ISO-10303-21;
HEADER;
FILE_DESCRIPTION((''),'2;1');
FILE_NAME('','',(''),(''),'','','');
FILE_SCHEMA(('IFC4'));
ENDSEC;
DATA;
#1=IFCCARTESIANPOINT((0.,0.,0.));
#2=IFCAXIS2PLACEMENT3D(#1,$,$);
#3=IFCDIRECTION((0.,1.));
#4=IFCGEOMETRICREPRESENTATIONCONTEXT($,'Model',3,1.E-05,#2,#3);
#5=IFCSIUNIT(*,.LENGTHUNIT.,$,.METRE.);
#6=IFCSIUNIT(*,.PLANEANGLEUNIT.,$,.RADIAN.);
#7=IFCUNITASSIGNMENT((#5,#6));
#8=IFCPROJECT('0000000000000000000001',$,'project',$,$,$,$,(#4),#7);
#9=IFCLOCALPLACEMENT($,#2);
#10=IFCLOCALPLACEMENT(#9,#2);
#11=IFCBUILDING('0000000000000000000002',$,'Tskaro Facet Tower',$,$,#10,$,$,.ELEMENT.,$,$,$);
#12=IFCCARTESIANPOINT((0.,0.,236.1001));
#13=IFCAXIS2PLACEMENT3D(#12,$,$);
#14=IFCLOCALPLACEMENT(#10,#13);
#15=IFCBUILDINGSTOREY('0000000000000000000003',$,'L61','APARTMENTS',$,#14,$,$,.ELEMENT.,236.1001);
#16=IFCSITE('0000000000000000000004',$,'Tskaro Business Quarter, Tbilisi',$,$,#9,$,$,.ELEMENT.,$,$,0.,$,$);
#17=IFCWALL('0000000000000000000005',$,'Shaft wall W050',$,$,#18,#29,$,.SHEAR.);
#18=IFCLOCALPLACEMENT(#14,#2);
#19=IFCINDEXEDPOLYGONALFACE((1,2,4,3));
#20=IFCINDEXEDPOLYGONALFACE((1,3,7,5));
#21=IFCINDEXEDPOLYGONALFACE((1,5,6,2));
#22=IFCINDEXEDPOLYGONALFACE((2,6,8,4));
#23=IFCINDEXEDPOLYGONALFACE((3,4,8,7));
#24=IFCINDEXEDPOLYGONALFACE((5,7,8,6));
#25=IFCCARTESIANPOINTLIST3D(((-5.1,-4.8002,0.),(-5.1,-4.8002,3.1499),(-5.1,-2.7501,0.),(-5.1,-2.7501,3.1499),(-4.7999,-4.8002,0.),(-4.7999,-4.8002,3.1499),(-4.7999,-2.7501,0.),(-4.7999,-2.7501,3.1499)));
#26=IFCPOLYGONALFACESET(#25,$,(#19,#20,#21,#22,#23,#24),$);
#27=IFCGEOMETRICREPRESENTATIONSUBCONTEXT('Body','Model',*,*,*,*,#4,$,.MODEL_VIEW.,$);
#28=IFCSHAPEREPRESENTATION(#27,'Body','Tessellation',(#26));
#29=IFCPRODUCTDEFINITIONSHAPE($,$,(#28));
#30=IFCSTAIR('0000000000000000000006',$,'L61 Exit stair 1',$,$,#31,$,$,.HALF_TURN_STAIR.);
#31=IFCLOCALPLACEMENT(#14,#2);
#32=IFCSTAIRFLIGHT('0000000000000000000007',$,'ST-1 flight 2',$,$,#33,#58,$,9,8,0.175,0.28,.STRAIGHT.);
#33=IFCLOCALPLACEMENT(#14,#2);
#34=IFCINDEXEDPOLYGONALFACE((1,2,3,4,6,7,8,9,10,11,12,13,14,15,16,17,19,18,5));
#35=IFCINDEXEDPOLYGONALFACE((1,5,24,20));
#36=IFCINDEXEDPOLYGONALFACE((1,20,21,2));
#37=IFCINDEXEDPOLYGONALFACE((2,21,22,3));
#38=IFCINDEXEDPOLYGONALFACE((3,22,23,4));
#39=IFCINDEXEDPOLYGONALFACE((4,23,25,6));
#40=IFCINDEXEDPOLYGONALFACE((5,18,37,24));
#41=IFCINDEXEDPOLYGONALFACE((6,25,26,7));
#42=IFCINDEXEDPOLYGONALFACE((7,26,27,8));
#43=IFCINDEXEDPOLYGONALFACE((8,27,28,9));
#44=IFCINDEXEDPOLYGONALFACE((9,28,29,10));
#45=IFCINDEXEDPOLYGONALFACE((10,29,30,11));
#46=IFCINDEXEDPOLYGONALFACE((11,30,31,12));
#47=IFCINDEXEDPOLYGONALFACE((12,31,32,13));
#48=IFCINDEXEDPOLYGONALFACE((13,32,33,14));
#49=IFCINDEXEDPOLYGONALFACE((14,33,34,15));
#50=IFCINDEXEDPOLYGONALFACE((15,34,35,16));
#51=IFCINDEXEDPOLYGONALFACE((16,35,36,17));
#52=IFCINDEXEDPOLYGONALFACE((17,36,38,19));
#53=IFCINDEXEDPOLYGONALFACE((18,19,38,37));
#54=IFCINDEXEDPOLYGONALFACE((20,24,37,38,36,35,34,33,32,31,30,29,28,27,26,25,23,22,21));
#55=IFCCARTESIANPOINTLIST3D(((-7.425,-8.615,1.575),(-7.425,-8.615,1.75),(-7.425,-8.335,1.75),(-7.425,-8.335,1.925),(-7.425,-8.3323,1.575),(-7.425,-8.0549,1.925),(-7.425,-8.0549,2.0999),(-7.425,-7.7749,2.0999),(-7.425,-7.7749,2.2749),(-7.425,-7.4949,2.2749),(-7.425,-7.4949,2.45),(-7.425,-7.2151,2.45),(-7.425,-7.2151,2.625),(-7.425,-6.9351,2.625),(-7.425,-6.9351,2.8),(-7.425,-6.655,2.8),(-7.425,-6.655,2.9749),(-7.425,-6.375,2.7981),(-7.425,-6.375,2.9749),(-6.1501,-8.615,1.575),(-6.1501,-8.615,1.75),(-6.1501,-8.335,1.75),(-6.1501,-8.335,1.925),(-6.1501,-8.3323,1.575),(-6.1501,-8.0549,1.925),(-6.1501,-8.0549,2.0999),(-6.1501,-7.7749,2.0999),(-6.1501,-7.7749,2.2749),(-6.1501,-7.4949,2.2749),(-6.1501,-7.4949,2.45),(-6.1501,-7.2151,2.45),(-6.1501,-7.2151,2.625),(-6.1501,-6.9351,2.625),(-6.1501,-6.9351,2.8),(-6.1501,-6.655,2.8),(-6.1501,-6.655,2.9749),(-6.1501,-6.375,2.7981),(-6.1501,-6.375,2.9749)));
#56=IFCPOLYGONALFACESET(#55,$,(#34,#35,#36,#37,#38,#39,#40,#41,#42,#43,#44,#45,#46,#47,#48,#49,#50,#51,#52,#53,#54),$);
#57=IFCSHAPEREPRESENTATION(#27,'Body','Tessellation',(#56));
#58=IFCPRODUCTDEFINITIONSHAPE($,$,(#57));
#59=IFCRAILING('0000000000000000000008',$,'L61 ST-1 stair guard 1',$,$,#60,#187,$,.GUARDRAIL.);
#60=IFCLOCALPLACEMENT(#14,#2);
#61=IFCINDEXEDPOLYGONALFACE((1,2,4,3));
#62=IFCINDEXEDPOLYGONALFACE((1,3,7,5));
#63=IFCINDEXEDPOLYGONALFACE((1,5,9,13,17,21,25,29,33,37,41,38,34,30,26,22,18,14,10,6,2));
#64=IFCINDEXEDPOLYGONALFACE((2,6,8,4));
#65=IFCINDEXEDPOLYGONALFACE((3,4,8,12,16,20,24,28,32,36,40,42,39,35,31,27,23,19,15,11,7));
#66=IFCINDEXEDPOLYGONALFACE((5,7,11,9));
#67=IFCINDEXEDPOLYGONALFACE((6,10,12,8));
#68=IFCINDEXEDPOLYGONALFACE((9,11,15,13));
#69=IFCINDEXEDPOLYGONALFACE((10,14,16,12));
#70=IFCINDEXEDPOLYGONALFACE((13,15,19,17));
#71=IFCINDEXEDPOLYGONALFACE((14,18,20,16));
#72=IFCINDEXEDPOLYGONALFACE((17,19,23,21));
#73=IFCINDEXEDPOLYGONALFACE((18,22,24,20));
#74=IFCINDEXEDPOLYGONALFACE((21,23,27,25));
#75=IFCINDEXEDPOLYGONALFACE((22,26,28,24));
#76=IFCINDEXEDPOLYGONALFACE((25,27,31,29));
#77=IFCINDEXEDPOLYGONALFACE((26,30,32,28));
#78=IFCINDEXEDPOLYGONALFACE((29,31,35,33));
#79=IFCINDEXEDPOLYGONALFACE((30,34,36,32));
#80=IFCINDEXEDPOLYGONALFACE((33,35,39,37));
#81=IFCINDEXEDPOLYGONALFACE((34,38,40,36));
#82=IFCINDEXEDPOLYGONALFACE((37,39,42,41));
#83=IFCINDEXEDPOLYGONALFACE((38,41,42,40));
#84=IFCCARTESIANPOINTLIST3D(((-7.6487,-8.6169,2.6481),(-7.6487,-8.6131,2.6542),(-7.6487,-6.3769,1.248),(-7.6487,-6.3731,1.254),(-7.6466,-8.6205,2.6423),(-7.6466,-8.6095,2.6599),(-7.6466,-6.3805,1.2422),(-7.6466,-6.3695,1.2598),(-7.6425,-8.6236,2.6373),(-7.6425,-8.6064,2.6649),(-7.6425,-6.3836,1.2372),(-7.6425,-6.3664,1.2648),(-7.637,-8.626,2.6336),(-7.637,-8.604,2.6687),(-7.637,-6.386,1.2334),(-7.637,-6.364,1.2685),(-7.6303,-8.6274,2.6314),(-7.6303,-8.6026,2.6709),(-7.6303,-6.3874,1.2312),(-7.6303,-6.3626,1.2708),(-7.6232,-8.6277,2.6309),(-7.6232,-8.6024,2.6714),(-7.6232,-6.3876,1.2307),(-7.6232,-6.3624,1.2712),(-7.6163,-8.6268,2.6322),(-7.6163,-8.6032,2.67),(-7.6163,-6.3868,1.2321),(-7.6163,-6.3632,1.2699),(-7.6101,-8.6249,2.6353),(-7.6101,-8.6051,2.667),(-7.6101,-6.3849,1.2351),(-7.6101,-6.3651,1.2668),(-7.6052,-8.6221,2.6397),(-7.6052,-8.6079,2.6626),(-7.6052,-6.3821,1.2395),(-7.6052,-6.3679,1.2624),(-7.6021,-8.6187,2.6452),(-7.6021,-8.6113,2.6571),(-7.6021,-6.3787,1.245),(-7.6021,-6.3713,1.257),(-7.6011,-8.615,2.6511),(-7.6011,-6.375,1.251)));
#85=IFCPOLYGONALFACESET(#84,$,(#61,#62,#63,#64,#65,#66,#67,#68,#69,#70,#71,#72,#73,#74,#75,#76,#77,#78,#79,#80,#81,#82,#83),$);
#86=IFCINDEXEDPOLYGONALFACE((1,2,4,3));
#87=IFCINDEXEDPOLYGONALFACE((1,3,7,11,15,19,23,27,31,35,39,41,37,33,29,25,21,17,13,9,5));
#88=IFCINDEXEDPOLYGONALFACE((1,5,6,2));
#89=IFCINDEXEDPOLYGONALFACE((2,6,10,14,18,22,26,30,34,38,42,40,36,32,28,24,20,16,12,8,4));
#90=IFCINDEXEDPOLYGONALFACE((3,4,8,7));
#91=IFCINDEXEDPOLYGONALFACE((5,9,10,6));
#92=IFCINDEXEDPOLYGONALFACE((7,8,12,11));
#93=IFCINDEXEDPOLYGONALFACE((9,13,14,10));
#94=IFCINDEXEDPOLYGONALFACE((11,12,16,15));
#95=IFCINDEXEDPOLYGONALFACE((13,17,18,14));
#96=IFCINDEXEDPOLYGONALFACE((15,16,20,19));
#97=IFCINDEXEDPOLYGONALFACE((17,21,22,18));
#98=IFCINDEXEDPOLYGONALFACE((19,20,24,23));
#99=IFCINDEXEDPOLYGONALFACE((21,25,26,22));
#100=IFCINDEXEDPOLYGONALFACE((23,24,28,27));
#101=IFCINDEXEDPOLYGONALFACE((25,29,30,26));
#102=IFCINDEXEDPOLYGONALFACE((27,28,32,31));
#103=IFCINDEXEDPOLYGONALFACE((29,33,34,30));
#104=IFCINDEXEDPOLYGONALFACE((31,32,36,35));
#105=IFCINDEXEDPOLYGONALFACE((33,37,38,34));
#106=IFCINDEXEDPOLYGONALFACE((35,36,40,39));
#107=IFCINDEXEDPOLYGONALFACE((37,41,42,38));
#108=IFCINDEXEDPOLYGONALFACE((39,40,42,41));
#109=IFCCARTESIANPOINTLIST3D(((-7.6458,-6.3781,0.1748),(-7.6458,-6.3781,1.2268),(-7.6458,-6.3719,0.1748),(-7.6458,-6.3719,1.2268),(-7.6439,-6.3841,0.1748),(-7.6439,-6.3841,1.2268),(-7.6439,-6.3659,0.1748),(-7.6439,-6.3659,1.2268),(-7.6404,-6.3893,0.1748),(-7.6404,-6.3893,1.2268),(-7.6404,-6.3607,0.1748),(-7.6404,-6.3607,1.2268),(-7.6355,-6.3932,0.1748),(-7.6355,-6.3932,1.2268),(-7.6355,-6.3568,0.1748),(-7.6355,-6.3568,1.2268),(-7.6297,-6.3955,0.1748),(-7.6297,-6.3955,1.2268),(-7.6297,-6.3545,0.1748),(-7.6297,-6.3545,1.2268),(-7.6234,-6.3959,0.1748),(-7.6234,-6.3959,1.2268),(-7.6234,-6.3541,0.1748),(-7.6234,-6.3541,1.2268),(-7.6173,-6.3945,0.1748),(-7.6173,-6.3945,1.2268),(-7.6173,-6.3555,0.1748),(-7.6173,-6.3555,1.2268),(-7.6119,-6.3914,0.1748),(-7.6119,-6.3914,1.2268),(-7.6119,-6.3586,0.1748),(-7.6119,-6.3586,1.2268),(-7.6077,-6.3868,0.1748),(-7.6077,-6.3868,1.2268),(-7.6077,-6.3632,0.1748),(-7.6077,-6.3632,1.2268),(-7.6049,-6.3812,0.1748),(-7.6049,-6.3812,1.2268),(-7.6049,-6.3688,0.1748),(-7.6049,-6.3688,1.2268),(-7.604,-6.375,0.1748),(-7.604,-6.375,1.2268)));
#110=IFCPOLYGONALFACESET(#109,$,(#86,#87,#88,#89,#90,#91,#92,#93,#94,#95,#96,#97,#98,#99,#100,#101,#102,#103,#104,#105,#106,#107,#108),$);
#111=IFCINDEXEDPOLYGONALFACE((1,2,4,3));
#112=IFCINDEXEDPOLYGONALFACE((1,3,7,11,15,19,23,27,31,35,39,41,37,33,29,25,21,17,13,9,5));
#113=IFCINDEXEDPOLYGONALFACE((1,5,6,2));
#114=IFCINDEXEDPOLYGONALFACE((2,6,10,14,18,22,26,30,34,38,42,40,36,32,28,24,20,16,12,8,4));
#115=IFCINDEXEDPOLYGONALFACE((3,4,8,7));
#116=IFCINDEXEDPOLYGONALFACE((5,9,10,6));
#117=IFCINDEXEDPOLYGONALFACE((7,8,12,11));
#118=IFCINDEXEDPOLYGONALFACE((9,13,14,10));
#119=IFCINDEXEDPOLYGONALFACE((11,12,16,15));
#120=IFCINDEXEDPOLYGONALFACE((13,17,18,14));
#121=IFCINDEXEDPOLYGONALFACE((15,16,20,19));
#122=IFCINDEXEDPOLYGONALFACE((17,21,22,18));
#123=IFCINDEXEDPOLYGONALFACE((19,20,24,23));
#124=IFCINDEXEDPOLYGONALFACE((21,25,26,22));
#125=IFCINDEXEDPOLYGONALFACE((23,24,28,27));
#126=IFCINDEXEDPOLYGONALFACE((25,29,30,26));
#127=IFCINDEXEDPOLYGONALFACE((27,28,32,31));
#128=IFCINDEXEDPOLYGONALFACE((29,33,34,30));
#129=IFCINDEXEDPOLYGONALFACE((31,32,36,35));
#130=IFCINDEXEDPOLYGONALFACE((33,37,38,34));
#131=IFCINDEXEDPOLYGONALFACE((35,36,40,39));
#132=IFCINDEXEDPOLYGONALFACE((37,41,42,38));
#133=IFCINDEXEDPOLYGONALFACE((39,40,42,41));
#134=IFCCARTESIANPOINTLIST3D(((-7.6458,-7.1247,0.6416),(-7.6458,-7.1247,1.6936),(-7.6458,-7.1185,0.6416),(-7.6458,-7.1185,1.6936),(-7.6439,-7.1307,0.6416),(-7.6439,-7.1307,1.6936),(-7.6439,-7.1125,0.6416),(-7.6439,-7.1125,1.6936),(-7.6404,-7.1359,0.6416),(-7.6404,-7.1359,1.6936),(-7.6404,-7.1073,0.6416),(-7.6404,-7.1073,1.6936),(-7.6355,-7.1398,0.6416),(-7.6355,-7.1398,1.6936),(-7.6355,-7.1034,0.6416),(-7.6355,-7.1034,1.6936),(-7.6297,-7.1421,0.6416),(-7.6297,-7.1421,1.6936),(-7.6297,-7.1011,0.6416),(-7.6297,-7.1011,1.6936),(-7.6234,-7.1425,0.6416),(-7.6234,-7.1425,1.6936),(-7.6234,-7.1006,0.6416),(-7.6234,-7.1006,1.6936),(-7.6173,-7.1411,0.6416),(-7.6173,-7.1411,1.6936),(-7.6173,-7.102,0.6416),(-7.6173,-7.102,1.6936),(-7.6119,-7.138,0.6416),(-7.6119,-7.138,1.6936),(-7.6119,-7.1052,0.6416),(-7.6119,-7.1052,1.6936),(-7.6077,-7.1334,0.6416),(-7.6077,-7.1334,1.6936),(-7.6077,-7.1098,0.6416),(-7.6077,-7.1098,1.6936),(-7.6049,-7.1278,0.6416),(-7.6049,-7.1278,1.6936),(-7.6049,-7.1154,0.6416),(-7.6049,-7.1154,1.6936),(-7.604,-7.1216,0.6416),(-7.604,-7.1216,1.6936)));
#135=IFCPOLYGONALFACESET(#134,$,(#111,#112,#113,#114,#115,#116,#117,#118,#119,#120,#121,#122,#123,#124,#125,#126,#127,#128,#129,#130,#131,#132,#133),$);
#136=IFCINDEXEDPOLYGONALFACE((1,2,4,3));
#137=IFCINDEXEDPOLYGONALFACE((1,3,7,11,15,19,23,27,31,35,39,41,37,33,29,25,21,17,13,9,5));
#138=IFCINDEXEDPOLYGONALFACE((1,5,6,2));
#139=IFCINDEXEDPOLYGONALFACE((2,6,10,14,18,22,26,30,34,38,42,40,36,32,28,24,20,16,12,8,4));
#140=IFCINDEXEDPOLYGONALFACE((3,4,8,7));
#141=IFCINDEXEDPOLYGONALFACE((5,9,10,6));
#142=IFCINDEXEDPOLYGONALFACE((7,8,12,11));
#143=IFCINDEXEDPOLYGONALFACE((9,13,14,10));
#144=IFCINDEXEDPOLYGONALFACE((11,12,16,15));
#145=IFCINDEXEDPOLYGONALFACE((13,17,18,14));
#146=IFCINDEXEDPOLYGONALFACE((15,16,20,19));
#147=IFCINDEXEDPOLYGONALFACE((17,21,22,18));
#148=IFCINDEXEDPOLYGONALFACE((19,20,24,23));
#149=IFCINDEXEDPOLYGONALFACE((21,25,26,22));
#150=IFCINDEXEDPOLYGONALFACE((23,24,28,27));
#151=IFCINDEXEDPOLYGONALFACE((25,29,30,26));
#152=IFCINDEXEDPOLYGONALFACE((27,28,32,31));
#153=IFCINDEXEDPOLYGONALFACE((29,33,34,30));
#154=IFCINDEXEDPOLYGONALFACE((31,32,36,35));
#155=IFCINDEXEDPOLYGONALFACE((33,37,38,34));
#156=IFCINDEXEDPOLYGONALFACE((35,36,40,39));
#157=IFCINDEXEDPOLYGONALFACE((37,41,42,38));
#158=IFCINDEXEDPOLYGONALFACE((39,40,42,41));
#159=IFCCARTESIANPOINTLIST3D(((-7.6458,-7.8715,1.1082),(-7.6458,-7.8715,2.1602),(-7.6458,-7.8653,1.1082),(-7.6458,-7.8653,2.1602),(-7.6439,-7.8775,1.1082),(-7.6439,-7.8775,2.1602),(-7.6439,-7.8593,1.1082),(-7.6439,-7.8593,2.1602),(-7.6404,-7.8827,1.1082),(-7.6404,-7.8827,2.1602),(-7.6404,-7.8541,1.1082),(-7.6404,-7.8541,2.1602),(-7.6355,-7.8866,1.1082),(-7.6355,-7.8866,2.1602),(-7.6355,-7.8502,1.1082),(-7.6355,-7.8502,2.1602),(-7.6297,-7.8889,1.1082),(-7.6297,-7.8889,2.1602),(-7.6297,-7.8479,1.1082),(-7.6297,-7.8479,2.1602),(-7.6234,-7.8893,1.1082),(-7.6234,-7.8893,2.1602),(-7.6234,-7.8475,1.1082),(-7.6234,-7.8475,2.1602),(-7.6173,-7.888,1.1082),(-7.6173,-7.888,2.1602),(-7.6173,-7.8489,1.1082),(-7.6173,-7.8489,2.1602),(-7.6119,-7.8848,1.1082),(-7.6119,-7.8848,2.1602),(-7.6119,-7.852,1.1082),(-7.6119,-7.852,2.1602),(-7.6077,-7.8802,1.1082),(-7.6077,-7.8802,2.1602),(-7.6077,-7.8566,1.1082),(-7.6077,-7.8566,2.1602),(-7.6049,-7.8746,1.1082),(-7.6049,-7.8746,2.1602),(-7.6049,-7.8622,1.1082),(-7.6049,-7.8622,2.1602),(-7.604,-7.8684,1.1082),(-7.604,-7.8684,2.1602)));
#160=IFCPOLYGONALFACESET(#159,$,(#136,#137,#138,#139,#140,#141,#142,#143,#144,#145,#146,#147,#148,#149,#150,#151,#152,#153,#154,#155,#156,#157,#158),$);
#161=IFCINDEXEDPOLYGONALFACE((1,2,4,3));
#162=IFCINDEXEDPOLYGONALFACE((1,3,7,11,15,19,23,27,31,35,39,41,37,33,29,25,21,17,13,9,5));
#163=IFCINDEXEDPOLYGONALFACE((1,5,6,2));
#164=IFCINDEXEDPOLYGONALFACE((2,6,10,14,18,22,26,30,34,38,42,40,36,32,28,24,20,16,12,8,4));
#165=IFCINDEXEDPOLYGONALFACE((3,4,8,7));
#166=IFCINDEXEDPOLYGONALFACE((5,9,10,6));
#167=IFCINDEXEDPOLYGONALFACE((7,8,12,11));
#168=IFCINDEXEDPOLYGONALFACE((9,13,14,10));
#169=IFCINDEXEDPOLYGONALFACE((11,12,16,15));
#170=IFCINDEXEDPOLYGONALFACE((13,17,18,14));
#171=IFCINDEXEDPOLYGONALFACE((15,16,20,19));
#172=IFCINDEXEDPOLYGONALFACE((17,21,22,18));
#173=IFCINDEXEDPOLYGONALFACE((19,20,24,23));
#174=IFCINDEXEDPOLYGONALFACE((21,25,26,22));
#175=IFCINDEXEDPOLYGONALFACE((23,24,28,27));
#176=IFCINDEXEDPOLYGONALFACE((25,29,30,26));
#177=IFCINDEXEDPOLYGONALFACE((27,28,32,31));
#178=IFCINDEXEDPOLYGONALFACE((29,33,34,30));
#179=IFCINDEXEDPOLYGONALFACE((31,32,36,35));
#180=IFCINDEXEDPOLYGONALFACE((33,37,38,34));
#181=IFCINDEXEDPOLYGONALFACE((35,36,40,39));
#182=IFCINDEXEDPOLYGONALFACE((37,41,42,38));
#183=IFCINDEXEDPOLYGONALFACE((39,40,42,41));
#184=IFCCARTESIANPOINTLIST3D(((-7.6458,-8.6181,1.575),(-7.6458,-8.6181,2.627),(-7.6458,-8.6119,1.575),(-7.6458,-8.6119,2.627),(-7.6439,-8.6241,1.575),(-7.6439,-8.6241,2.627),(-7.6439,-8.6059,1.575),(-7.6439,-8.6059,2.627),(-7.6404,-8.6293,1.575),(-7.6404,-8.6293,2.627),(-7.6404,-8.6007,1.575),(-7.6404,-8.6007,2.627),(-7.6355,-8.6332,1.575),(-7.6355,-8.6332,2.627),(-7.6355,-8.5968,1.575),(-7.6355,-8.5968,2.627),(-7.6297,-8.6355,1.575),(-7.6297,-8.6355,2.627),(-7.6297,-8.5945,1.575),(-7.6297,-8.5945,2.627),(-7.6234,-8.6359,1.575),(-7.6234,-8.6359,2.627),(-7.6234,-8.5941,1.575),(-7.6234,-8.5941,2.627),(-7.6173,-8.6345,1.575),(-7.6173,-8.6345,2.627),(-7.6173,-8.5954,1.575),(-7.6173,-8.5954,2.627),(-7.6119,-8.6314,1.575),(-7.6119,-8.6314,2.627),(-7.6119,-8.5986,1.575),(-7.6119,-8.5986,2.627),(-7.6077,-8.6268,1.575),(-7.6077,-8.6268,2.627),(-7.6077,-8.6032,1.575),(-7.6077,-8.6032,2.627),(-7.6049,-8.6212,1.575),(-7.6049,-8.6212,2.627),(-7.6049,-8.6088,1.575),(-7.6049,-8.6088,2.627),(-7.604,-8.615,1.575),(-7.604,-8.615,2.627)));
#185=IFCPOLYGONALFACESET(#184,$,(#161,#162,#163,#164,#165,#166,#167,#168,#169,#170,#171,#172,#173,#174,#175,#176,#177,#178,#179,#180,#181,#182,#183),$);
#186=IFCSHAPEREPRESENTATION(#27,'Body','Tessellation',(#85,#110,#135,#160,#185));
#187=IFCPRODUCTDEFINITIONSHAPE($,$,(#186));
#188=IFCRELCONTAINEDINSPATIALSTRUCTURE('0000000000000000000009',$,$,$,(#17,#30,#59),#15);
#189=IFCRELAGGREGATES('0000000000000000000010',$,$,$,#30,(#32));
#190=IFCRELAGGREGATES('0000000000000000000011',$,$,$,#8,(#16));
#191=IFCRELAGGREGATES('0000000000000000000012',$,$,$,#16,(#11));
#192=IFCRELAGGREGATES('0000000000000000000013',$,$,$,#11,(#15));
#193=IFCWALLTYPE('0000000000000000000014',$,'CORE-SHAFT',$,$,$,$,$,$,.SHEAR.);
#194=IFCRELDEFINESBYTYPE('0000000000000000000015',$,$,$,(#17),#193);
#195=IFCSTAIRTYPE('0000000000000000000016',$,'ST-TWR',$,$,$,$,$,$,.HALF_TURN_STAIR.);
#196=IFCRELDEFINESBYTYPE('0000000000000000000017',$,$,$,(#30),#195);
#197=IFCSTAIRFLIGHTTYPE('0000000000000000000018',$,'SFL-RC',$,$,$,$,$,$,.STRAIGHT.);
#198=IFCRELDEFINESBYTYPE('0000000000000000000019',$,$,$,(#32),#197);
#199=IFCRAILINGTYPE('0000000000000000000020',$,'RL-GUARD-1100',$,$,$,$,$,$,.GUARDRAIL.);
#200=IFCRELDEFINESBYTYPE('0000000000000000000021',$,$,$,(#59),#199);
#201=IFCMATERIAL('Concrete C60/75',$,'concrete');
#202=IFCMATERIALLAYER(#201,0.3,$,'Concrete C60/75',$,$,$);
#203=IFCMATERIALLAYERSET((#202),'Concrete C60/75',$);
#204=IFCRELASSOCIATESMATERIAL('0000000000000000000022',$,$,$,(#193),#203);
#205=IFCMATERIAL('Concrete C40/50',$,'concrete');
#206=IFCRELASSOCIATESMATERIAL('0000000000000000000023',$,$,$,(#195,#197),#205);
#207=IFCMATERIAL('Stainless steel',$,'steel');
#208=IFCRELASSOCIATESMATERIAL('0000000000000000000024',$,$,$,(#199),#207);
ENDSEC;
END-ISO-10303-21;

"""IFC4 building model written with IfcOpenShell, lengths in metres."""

from ifc_helpers import new_model, si_unit, direction, frame, frame_2d, origin, origin_2d, place, context, subcontext, project, spatial, polyline, rectangle, circle, outline, extrude, material, layer, layer_set, type_object, element, aggregate, save


model = new_model("IFC4")

# Units and contexts
model_context = context("Model", 3, precision=1e-05, world=origin(), true_north=direction((0.0, 1.0)))
body_context = subcontext(model_context, "Body", "Model", "MODEL_VIEW")
ifc_project = project(units=[si_unit("LENGTHUNIT", "METRE"), si_unit("PLANEANGLEUNIT", "RADIAN")], contexts=[model_context])

# Site, building, storey
site_placement = place(None, origin())
site = spatial("IfcSite", under=ifc_project, at=site_placement, Name="Tskaro Business Quarter, Tbilisi", CompositionType="ELEMENT", RefElevation=0.0)
building_placement = place(site_placement, origin())
building = spatial("IfcBuilding", under=site, at=building_placement, Name="Tskaro Facet Tower", CompositionType="ELEMENT")
storey_placement = place(building_placement, frame((0.0, 0.0, 236.1001)))
storey = spatial("IfcBuildingStorey", under=building, at=storey_placement, Name="L61", Description="APARTMENTS", CompositionType="ELEMENT", Elevation=236.1001)

# Shared definitions
ifc_material_1 = material(Name="Concrete C60/75", Category="concrete")
ifc_layer = layer(ifc_material_1, 0.3, Name="Concrete C60/75")
ifc_layer_set = layer_set([ifc_layer], Name="Concrete C60/75")
wall_type = type_object("IfcWallType", Name="CORE-SHAFT", PredefinedType="SHEAR", material=ifc_layer_set)
ifc_material_2 = material(Name="Stainless steel", Category="steel")

# Wall
wall_1_placement = place(storey_placement, frame((-4.95, -4.8, 0.0), z_axis=(0.0, 0.0, 1.0), x_axis=(0.0, 1.0, 0.0)))
element("IfcWall", 1, at=wall_1_placement, inside=storey, type_object=wall_type, Name="Shaft wall W050", PredefinedType="SHEAR", context=body_context, shape_type="SweptSolid", body=[
    extrude(rectangle(XDim=2.05, YDim=0.3, at=frame_2d((1.0249, 0.0))), origin(), (0.0, 0.0, 1.0), 3.1499),
])

# Stair, stair flight
ifc_material_3 = material(Name="Concrete C40/50", Category="concrete")
stair_type = type_object("IfcStairType", Name="ST-TWR", PredefinedType="HALF_TURN_STAIR", material=ifc_material_3)
stair_placement = place(storey_placement, origin())
stair = element("IfcStair", 2, at=stair_placement, inside=storey, type_object=stair_type, Name="L61 Exit stair 1", PredefinedType="HALF_TURN_STAIR")
stair_flight_type = type_object("IfcStairFlightType", Name="SFL-RC", PredefinedType="STRAIGHT", material=ifc_material_3)
stair_flight_placement = place(storey_placement, frame((-6.7876, -8.615, 1.575), z_axis=(0.0, 0.0, 1.0), x_axis=(0.0, 1.0, 0.0)))
stair_flight = element("IfcStairFlight", 3, at=stair_flight_placement, type_object=stair_flight_type, Name="ST-1 flight 2", NumberOfRisers=9, NumberOfTreads=8, PredefinedType="STRAIGHT", RiserHeight=0.175, TreadLength=0.28, context=body_context, shape_type="SweptSolid", body=[
    extrude(outline(polyline([(0.0, 0.0), (0.0, 0.175), (0.28, 0.175), (0.28, 0.3501), (0.5601, 0.3501), (0.5601, 0.5249), (0.8401, 0.5249), (0.8401, 0.7), (1.1201, 0.7), (1.1201, 0.875), (1.3999, 0.875), (1.3999, 1.05), (1.6799, 1.05), (1.6799, 1.2251), (1.96, 1.2251), (1.96, 1.3999), (2.24, 1.3999), (2.24, 1.575), (2.24, 1.2231), (0.2827, 0.0), (0.0, 0.0)])), frame((0.0, 0.6375, 0.0), z_axis=(0.0, -1.0, 0.0), x_axis=(1.0, 0.0, 0.0)), (0.0, 0.0, 1.0), 1.2749),
])
aggregate(stair, [stair_flight])

# Railing
railing_type_1 = type_object("IfcRailingType", Name="RL-GUARD-1100", PredefinedType="GUARDRAIL", material=ifc_material_2)
railing_1_placement = place(storey_placement, frame((-7.625, -6.375, 0.1748)))
element("IfcRailing", 4, at=railing_1_placement, inside=storey, type_object=railing_type_1, Name="L61 ST-1 stair guard 1", PredefinedType="GUARDRAIL", context=body_context, shape_type="SweptSolid", body=[
    extrude(circle(Radius=0.0239, at=origin_2d()), frame((0.0, 0.0, 1.0762), z_axis=(0.0, -0.847972, 0.53004), x_axis=(1.0, 0.0, 0.0)), (0.0, 0.0, 1.0), 2.6416),
    extrude(circle(Radius=0.021, at=origin_2d()), origin(), (0.0, 0.0, 1.0), 1.052),
    extrude(circle(Radius=0.021, at=origin_2d()), frame((0.0, -0.7466, 0.4668)), (0.0, 0.0, 1.0), 1.052),
    extrude(circle(Radius=0.021, at=origin_2d()), frame((0.0, -1.4934, 0.9333)), (0.0, 0.0, 1.0), 1.052),
    extrude(circle(Radius=0.021, at=origin_2d()), frame((0.0, -2.24, 1.4001)), (0.0, 0.0, 1.0), 1.052),
])

save(model, "model.ifc")
